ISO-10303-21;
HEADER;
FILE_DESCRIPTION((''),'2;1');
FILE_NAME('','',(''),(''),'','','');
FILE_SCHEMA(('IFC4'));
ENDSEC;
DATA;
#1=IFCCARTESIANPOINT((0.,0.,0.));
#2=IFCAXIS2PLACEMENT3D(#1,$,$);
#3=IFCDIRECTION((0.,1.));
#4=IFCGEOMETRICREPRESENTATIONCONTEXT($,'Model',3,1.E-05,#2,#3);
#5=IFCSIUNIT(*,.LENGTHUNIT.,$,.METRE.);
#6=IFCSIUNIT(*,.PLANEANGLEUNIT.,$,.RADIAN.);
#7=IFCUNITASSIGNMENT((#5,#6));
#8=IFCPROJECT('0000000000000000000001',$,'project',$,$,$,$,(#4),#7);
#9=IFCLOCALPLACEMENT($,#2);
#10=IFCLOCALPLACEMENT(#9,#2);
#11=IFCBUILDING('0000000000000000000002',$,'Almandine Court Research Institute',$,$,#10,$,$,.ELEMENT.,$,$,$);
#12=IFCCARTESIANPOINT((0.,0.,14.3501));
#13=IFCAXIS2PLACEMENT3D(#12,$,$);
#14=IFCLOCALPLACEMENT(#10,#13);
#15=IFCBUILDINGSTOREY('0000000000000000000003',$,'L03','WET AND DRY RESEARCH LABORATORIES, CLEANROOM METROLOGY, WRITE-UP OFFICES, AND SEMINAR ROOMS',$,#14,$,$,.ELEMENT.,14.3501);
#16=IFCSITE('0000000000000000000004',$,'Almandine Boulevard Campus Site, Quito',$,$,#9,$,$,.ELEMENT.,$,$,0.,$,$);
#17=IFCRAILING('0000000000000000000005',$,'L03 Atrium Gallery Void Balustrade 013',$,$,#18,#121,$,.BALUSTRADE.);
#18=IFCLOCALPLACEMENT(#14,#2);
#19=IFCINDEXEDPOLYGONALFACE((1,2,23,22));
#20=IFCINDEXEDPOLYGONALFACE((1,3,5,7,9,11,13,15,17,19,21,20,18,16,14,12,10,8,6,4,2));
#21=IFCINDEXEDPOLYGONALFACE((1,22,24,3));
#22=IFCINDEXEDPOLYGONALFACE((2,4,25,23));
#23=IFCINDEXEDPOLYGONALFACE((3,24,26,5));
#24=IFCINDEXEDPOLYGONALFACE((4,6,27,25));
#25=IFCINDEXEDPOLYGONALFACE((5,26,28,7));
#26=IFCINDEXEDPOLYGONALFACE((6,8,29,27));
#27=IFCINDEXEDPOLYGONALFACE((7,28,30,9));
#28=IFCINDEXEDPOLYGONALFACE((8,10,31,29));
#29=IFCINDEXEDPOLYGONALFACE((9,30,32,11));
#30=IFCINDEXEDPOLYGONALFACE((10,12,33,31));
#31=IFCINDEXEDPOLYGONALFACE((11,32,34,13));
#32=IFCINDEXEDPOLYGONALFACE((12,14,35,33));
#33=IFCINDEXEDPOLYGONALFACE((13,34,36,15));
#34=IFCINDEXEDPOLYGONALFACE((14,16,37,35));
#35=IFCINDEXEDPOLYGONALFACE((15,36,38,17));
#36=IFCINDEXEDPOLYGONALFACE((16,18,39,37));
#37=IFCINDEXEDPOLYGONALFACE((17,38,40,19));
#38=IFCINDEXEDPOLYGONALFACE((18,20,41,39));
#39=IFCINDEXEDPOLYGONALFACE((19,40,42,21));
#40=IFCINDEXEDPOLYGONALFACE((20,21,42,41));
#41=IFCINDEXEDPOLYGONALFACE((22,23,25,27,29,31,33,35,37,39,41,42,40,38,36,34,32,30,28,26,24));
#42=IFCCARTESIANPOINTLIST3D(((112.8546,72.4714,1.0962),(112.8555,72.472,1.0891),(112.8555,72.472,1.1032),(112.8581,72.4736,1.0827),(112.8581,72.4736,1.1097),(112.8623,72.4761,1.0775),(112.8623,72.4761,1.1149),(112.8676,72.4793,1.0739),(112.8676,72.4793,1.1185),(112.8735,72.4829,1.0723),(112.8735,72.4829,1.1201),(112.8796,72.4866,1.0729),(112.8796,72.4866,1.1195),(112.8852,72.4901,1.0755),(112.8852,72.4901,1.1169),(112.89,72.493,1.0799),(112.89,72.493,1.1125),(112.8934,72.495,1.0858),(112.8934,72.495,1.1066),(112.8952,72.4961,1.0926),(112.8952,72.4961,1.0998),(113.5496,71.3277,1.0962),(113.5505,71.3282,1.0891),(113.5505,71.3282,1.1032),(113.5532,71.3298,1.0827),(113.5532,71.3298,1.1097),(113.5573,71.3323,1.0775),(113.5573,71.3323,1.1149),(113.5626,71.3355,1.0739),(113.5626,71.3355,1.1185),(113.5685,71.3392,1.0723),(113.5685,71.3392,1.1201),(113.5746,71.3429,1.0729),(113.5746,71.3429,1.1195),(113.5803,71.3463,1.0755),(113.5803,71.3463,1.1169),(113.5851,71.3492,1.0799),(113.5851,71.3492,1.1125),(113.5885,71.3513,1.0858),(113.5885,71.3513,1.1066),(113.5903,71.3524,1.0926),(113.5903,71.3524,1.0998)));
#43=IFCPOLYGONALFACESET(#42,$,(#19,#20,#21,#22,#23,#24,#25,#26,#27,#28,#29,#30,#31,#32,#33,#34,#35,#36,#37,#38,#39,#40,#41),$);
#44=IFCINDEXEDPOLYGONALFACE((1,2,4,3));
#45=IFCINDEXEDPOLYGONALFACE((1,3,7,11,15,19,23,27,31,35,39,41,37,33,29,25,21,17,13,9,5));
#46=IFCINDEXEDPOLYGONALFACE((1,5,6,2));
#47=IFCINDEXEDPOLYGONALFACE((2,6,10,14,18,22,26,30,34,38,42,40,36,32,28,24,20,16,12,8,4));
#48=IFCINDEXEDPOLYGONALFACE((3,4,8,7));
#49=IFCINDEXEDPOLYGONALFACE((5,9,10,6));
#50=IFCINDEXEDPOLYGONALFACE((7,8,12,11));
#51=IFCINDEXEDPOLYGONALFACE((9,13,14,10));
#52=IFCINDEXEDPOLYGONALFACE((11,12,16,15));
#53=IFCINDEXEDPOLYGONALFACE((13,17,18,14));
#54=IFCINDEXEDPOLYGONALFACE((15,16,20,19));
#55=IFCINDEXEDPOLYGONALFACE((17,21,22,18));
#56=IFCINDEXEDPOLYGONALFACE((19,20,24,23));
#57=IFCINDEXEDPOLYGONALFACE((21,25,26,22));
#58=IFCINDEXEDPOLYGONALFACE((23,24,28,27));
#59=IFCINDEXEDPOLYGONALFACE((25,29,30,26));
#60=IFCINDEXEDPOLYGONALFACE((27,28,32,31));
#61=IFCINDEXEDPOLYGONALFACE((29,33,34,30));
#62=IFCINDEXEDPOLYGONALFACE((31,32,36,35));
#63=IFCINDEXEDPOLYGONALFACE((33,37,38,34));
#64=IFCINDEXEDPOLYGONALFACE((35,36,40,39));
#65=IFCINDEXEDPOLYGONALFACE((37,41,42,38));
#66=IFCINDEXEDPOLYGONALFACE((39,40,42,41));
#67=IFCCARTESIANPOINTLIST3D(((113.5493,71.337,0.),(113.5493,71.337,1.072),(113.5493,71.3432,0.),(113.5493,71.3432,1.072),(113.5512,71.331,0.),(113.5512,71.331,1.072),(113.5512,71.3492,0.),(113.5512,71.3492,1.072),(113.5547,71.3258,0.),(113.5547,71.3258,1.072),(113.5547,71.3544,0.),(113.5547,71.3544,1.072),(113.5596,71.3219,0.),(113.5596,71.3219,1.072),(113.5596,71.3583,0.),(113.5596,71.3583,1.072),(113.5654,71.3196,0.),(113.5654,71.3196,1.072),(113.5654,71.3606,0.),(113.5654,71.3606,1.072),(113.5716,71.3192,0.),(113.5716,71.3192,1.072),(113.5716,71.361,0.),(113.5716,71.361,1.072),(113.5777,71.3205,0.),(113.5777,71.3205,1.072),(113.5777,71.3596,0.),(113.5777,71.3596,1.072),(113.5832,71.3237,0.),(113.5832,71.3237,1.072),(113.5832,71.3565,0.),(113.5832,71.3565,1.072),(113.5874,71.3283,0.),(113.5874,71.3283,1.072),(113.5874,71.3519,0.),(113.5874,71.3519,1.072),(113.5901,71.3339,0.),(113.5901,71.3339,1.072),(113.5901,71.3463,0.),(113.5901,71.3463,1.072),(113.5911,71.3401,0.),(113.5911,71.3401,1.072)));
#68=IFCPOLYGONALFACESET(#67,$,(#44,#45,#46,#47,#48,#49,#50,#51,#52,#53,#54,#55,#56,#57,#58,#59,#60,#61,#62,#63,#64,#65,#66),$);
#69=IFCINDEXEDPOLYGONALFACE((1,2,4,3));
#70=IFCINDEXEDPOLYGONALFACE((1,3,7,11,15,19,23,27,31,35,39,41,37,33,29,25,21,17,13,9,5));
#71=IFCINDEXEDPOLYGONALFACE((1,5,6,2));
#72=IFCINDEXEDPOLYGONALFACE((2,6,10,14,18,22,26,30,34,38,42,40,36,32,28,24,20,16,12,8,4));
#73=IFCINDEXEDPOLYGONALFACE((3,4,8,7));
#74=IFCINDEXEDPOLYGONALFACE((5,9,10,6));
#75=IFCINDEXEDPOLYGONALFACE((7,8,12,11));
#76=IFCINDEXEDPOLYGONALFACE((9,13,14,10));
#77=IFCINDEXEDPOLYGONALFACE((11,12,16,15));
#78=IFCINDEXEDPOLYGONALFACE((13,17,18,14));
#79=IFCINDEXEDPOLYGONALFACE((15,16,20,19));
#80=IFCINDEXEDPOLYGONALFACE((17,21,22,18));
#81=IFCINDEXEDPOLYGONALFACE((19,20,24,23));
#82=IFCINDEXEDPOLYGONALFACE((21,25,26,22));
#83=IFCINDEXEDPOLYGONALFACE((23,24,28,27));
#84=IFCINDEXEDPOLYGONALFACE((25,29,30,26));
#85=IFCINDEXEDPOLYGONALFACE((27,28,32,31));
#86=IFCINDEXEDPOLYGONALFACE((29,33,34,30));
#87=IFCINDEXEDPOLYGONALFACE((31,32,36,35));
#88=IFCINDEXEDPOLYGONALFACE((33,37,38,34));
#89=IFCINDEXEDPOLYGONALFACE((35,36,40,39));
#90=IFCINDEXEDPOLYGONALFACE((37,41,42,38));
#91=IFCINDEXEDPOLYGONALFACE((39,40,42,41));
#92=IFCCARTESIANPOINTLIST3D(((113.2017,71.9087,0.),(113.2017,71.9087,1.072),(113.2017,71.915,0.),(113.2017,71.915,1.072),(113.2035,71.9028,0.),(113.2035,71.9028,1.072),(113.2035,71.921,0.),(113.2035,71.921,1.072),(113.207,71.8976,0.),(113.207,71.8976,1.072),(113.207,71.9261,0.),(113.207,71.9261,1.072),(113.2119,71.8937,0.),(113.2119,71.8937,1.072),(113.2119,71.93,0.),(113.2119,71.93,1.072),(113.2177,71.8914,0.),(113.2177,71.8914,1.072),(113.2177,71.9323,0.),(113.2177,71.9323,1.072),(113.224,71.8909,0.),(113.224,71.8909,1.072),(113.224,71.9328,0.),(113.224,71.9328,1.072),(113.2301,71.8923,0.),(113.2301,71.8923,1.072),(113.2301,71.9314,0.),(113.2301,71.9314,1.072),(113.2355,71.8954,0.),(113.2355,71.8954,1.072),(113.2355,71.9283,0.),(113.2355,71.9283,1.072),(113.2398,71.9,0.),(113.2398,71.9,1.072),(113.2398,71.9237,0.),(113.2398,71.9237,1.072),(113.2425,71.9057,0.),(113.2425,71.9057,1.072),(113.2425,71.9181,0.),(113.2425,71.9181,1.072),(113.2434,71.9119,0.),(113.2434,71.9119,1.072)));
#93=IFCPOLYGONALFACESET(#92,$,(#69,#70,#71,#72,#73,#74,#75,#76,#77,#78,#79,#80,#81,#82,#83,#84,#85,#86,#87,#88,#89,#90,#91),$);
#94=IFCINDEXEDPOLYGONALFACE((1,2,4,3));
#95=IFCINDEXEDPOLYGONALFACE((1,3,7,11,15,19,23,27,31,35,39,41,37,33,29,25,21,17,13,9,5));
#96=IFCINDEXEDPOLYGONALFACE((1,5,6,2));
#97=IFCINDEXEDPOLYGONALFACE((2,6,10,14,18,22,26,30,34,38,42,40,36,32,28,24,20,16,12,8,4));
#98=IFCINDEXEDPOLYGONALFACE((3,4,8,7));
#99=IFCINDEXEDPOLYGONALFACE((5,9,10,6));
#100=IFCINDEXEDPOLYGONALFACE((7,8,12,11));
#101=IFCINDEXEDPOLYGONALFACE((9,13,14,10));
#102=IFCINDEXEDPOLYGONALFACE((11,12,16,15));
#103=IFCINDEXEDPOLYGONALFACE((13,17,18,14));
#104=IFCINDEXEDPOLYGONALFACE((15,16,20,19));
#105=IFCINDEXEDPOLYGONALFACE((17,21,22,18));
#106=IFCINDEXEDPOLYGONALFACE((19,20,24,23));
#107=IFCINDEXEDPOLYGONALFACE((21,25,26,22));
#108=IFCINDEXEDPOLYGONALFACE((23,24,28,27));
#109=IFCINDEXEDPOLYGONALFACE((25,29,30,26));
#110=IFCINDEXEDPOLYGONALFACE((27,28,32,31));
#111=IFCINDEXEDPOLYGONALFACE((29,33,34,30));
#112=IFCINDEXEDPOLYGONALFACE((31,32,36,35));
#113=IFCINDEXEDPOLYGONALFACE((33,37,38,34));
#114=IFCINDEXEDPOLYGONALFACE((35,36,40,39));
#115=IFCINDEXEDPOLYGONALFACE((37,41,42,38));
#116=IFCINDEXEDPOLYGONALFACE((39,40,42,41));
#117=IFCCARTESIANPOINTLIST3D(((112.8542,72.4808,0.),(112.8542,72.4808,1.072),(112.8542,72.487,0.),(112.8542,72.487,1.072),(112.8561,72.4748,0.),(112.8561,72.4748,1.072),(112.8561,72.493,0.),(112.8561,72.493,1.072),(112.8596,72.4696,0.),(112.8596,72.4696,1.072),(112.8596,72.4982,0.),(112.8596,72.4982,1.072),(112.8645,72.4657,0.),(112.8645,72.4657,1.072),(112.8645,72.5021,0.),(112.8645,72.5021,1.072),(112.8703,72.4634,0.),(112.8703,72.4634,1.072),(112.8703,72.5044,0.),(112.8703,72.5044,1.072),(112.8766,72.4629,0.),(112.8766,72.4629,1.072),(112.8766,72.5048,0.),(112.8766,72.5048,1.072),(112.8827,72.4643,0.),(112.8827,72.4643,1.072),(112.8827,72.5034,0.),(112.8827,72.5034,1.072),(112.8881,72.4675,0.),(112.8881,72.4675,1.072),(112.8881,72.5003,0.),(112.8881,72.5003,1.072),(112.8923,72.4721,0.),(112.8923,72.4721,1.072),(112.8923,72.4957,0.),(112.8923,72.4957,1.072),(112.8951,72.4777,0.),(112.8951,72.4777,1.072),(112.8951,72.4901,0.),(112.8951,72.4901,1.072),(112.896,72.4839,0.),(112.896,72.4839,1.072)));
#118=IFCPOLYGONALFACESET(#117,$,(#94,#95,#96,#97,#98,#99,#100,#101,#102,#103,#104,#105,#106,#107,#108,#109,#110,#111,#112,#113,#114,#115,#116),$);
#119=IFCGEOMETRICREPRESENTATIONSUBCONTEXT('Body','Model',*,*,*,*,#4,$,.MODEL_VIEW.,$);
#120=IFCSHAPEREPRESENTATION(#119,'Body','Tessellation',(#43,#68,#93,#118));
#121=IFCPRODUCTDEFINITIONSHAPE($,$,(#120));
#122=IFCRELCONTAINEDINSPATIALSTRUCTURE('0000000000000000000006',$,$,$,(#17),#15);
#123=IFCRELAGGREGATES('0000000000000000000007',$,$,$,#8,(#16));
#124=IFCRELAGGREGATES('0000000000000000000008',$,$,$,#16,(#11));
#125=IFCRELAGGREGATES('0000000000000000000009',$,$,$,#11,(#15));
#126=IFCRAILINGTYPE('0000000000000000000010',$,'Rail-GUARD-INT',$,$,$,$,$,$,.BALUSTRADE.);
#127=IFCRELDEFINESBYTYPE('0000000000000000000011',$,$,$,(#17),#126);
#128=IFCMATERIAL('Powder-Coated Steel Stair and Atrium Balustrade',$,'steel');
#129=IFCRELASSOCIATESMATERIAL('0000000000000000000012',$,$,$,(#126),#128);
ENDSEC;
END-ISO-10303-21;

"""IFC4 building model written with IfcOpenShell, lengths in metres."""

from ifc_helpers import new_model, si_unit, direction, frame, origin, origin_2d, place, context, subcontext, project, spatial, circle, extrude, material, type_object, element, save


model = new_model("IFC4")

# Units and contexts
model_context = context("Model", 3, precision=1e-05, world=origin(), true_north=direction((0.0, 1.0)))
body_context = subcontext(model_context, "Body", "Model", "MODEL_VIEW")
ifc_project = project(units=[si_unit("LENGTHUNIT", "METRE"), si_unit("PLANEANGLEUNIT", "RADIAN")], contexts=[model_context])

# Site, building, storey
site_placement = place(None, origin())
site = spatial("IfcSite", under=ifc_project, at=site_placement, Name="Almandine Boulevard Campus Site, Quito", CompositionType="ELEMENT", RefElevation=0.0)
building_placement = place(site_placement, origin())
building = spatial("IfcBuilding", under=site, at=building_placement, Name="Almandine Court Research Institute", CompositionType="ELEMENT")
storey_placement = place(building_placement, frame((0.0, 0.0, 14.3501)))
storey = spatial("IfcBuildingStorey", under=building, at=storey_placement, Name="L03", Description="WET AND DRY RESEARCH LABORATORIES, CLEANROOM METROLOGY, WRITE-UP OFFICES, AND SEMINAR ROOMS", CompositionType="ELEMENT", Elevation=14.3501)

# Railing
ifc_material_1 = material(Name="Powder-Coated Steel Stair and Atrium Balustrade", Category="steel")
railing_type = type_object("IfcRailingType", Name="Rail-GUARD-INT", PredefinedType="BALUSTRADE", material=ifc_material_1)
railing_1_placement = place(storey_placement, frame((113.5701, 71.3401, 0.0)))
element("IfcRailing", 1, at=railing_1_placement, inside=storey, type_object=railing_type, Name="L03 Atrium Gallery Void Balustrade 013", PredefinedType="BALUSTRADE", context=body_context, shape_type="SweptSolid", body=[
    extrude(circle(Radius=0.0239, at=origin_2d()), frame((0.0, 0.0, 1.0962), z_axis=(-0.519316, 0.854582, 0.0), x_axis=(-0.854582, -0.519316, 0.0)), (0.0, 0.0, 1.0), 1.3384),
    extrude(circle(Radius=0.021, at=origin_2d()), origin(), (0.0, 0.0, 1.0), 1.072),
    extrude(circle(Radius=0.021, at=origin_2d()), frame((-0.3477, 0.5718, 0.0)), (0.0, 0.0, 1.0), 1.072),
    extrude(circle(Radius=0.021, at=origin_2d()), frame((-0.6951, 1.1438, 0.0)), (0.0, 0.0, 1.0), 1.072),
])

save(model, "model.ifc")
